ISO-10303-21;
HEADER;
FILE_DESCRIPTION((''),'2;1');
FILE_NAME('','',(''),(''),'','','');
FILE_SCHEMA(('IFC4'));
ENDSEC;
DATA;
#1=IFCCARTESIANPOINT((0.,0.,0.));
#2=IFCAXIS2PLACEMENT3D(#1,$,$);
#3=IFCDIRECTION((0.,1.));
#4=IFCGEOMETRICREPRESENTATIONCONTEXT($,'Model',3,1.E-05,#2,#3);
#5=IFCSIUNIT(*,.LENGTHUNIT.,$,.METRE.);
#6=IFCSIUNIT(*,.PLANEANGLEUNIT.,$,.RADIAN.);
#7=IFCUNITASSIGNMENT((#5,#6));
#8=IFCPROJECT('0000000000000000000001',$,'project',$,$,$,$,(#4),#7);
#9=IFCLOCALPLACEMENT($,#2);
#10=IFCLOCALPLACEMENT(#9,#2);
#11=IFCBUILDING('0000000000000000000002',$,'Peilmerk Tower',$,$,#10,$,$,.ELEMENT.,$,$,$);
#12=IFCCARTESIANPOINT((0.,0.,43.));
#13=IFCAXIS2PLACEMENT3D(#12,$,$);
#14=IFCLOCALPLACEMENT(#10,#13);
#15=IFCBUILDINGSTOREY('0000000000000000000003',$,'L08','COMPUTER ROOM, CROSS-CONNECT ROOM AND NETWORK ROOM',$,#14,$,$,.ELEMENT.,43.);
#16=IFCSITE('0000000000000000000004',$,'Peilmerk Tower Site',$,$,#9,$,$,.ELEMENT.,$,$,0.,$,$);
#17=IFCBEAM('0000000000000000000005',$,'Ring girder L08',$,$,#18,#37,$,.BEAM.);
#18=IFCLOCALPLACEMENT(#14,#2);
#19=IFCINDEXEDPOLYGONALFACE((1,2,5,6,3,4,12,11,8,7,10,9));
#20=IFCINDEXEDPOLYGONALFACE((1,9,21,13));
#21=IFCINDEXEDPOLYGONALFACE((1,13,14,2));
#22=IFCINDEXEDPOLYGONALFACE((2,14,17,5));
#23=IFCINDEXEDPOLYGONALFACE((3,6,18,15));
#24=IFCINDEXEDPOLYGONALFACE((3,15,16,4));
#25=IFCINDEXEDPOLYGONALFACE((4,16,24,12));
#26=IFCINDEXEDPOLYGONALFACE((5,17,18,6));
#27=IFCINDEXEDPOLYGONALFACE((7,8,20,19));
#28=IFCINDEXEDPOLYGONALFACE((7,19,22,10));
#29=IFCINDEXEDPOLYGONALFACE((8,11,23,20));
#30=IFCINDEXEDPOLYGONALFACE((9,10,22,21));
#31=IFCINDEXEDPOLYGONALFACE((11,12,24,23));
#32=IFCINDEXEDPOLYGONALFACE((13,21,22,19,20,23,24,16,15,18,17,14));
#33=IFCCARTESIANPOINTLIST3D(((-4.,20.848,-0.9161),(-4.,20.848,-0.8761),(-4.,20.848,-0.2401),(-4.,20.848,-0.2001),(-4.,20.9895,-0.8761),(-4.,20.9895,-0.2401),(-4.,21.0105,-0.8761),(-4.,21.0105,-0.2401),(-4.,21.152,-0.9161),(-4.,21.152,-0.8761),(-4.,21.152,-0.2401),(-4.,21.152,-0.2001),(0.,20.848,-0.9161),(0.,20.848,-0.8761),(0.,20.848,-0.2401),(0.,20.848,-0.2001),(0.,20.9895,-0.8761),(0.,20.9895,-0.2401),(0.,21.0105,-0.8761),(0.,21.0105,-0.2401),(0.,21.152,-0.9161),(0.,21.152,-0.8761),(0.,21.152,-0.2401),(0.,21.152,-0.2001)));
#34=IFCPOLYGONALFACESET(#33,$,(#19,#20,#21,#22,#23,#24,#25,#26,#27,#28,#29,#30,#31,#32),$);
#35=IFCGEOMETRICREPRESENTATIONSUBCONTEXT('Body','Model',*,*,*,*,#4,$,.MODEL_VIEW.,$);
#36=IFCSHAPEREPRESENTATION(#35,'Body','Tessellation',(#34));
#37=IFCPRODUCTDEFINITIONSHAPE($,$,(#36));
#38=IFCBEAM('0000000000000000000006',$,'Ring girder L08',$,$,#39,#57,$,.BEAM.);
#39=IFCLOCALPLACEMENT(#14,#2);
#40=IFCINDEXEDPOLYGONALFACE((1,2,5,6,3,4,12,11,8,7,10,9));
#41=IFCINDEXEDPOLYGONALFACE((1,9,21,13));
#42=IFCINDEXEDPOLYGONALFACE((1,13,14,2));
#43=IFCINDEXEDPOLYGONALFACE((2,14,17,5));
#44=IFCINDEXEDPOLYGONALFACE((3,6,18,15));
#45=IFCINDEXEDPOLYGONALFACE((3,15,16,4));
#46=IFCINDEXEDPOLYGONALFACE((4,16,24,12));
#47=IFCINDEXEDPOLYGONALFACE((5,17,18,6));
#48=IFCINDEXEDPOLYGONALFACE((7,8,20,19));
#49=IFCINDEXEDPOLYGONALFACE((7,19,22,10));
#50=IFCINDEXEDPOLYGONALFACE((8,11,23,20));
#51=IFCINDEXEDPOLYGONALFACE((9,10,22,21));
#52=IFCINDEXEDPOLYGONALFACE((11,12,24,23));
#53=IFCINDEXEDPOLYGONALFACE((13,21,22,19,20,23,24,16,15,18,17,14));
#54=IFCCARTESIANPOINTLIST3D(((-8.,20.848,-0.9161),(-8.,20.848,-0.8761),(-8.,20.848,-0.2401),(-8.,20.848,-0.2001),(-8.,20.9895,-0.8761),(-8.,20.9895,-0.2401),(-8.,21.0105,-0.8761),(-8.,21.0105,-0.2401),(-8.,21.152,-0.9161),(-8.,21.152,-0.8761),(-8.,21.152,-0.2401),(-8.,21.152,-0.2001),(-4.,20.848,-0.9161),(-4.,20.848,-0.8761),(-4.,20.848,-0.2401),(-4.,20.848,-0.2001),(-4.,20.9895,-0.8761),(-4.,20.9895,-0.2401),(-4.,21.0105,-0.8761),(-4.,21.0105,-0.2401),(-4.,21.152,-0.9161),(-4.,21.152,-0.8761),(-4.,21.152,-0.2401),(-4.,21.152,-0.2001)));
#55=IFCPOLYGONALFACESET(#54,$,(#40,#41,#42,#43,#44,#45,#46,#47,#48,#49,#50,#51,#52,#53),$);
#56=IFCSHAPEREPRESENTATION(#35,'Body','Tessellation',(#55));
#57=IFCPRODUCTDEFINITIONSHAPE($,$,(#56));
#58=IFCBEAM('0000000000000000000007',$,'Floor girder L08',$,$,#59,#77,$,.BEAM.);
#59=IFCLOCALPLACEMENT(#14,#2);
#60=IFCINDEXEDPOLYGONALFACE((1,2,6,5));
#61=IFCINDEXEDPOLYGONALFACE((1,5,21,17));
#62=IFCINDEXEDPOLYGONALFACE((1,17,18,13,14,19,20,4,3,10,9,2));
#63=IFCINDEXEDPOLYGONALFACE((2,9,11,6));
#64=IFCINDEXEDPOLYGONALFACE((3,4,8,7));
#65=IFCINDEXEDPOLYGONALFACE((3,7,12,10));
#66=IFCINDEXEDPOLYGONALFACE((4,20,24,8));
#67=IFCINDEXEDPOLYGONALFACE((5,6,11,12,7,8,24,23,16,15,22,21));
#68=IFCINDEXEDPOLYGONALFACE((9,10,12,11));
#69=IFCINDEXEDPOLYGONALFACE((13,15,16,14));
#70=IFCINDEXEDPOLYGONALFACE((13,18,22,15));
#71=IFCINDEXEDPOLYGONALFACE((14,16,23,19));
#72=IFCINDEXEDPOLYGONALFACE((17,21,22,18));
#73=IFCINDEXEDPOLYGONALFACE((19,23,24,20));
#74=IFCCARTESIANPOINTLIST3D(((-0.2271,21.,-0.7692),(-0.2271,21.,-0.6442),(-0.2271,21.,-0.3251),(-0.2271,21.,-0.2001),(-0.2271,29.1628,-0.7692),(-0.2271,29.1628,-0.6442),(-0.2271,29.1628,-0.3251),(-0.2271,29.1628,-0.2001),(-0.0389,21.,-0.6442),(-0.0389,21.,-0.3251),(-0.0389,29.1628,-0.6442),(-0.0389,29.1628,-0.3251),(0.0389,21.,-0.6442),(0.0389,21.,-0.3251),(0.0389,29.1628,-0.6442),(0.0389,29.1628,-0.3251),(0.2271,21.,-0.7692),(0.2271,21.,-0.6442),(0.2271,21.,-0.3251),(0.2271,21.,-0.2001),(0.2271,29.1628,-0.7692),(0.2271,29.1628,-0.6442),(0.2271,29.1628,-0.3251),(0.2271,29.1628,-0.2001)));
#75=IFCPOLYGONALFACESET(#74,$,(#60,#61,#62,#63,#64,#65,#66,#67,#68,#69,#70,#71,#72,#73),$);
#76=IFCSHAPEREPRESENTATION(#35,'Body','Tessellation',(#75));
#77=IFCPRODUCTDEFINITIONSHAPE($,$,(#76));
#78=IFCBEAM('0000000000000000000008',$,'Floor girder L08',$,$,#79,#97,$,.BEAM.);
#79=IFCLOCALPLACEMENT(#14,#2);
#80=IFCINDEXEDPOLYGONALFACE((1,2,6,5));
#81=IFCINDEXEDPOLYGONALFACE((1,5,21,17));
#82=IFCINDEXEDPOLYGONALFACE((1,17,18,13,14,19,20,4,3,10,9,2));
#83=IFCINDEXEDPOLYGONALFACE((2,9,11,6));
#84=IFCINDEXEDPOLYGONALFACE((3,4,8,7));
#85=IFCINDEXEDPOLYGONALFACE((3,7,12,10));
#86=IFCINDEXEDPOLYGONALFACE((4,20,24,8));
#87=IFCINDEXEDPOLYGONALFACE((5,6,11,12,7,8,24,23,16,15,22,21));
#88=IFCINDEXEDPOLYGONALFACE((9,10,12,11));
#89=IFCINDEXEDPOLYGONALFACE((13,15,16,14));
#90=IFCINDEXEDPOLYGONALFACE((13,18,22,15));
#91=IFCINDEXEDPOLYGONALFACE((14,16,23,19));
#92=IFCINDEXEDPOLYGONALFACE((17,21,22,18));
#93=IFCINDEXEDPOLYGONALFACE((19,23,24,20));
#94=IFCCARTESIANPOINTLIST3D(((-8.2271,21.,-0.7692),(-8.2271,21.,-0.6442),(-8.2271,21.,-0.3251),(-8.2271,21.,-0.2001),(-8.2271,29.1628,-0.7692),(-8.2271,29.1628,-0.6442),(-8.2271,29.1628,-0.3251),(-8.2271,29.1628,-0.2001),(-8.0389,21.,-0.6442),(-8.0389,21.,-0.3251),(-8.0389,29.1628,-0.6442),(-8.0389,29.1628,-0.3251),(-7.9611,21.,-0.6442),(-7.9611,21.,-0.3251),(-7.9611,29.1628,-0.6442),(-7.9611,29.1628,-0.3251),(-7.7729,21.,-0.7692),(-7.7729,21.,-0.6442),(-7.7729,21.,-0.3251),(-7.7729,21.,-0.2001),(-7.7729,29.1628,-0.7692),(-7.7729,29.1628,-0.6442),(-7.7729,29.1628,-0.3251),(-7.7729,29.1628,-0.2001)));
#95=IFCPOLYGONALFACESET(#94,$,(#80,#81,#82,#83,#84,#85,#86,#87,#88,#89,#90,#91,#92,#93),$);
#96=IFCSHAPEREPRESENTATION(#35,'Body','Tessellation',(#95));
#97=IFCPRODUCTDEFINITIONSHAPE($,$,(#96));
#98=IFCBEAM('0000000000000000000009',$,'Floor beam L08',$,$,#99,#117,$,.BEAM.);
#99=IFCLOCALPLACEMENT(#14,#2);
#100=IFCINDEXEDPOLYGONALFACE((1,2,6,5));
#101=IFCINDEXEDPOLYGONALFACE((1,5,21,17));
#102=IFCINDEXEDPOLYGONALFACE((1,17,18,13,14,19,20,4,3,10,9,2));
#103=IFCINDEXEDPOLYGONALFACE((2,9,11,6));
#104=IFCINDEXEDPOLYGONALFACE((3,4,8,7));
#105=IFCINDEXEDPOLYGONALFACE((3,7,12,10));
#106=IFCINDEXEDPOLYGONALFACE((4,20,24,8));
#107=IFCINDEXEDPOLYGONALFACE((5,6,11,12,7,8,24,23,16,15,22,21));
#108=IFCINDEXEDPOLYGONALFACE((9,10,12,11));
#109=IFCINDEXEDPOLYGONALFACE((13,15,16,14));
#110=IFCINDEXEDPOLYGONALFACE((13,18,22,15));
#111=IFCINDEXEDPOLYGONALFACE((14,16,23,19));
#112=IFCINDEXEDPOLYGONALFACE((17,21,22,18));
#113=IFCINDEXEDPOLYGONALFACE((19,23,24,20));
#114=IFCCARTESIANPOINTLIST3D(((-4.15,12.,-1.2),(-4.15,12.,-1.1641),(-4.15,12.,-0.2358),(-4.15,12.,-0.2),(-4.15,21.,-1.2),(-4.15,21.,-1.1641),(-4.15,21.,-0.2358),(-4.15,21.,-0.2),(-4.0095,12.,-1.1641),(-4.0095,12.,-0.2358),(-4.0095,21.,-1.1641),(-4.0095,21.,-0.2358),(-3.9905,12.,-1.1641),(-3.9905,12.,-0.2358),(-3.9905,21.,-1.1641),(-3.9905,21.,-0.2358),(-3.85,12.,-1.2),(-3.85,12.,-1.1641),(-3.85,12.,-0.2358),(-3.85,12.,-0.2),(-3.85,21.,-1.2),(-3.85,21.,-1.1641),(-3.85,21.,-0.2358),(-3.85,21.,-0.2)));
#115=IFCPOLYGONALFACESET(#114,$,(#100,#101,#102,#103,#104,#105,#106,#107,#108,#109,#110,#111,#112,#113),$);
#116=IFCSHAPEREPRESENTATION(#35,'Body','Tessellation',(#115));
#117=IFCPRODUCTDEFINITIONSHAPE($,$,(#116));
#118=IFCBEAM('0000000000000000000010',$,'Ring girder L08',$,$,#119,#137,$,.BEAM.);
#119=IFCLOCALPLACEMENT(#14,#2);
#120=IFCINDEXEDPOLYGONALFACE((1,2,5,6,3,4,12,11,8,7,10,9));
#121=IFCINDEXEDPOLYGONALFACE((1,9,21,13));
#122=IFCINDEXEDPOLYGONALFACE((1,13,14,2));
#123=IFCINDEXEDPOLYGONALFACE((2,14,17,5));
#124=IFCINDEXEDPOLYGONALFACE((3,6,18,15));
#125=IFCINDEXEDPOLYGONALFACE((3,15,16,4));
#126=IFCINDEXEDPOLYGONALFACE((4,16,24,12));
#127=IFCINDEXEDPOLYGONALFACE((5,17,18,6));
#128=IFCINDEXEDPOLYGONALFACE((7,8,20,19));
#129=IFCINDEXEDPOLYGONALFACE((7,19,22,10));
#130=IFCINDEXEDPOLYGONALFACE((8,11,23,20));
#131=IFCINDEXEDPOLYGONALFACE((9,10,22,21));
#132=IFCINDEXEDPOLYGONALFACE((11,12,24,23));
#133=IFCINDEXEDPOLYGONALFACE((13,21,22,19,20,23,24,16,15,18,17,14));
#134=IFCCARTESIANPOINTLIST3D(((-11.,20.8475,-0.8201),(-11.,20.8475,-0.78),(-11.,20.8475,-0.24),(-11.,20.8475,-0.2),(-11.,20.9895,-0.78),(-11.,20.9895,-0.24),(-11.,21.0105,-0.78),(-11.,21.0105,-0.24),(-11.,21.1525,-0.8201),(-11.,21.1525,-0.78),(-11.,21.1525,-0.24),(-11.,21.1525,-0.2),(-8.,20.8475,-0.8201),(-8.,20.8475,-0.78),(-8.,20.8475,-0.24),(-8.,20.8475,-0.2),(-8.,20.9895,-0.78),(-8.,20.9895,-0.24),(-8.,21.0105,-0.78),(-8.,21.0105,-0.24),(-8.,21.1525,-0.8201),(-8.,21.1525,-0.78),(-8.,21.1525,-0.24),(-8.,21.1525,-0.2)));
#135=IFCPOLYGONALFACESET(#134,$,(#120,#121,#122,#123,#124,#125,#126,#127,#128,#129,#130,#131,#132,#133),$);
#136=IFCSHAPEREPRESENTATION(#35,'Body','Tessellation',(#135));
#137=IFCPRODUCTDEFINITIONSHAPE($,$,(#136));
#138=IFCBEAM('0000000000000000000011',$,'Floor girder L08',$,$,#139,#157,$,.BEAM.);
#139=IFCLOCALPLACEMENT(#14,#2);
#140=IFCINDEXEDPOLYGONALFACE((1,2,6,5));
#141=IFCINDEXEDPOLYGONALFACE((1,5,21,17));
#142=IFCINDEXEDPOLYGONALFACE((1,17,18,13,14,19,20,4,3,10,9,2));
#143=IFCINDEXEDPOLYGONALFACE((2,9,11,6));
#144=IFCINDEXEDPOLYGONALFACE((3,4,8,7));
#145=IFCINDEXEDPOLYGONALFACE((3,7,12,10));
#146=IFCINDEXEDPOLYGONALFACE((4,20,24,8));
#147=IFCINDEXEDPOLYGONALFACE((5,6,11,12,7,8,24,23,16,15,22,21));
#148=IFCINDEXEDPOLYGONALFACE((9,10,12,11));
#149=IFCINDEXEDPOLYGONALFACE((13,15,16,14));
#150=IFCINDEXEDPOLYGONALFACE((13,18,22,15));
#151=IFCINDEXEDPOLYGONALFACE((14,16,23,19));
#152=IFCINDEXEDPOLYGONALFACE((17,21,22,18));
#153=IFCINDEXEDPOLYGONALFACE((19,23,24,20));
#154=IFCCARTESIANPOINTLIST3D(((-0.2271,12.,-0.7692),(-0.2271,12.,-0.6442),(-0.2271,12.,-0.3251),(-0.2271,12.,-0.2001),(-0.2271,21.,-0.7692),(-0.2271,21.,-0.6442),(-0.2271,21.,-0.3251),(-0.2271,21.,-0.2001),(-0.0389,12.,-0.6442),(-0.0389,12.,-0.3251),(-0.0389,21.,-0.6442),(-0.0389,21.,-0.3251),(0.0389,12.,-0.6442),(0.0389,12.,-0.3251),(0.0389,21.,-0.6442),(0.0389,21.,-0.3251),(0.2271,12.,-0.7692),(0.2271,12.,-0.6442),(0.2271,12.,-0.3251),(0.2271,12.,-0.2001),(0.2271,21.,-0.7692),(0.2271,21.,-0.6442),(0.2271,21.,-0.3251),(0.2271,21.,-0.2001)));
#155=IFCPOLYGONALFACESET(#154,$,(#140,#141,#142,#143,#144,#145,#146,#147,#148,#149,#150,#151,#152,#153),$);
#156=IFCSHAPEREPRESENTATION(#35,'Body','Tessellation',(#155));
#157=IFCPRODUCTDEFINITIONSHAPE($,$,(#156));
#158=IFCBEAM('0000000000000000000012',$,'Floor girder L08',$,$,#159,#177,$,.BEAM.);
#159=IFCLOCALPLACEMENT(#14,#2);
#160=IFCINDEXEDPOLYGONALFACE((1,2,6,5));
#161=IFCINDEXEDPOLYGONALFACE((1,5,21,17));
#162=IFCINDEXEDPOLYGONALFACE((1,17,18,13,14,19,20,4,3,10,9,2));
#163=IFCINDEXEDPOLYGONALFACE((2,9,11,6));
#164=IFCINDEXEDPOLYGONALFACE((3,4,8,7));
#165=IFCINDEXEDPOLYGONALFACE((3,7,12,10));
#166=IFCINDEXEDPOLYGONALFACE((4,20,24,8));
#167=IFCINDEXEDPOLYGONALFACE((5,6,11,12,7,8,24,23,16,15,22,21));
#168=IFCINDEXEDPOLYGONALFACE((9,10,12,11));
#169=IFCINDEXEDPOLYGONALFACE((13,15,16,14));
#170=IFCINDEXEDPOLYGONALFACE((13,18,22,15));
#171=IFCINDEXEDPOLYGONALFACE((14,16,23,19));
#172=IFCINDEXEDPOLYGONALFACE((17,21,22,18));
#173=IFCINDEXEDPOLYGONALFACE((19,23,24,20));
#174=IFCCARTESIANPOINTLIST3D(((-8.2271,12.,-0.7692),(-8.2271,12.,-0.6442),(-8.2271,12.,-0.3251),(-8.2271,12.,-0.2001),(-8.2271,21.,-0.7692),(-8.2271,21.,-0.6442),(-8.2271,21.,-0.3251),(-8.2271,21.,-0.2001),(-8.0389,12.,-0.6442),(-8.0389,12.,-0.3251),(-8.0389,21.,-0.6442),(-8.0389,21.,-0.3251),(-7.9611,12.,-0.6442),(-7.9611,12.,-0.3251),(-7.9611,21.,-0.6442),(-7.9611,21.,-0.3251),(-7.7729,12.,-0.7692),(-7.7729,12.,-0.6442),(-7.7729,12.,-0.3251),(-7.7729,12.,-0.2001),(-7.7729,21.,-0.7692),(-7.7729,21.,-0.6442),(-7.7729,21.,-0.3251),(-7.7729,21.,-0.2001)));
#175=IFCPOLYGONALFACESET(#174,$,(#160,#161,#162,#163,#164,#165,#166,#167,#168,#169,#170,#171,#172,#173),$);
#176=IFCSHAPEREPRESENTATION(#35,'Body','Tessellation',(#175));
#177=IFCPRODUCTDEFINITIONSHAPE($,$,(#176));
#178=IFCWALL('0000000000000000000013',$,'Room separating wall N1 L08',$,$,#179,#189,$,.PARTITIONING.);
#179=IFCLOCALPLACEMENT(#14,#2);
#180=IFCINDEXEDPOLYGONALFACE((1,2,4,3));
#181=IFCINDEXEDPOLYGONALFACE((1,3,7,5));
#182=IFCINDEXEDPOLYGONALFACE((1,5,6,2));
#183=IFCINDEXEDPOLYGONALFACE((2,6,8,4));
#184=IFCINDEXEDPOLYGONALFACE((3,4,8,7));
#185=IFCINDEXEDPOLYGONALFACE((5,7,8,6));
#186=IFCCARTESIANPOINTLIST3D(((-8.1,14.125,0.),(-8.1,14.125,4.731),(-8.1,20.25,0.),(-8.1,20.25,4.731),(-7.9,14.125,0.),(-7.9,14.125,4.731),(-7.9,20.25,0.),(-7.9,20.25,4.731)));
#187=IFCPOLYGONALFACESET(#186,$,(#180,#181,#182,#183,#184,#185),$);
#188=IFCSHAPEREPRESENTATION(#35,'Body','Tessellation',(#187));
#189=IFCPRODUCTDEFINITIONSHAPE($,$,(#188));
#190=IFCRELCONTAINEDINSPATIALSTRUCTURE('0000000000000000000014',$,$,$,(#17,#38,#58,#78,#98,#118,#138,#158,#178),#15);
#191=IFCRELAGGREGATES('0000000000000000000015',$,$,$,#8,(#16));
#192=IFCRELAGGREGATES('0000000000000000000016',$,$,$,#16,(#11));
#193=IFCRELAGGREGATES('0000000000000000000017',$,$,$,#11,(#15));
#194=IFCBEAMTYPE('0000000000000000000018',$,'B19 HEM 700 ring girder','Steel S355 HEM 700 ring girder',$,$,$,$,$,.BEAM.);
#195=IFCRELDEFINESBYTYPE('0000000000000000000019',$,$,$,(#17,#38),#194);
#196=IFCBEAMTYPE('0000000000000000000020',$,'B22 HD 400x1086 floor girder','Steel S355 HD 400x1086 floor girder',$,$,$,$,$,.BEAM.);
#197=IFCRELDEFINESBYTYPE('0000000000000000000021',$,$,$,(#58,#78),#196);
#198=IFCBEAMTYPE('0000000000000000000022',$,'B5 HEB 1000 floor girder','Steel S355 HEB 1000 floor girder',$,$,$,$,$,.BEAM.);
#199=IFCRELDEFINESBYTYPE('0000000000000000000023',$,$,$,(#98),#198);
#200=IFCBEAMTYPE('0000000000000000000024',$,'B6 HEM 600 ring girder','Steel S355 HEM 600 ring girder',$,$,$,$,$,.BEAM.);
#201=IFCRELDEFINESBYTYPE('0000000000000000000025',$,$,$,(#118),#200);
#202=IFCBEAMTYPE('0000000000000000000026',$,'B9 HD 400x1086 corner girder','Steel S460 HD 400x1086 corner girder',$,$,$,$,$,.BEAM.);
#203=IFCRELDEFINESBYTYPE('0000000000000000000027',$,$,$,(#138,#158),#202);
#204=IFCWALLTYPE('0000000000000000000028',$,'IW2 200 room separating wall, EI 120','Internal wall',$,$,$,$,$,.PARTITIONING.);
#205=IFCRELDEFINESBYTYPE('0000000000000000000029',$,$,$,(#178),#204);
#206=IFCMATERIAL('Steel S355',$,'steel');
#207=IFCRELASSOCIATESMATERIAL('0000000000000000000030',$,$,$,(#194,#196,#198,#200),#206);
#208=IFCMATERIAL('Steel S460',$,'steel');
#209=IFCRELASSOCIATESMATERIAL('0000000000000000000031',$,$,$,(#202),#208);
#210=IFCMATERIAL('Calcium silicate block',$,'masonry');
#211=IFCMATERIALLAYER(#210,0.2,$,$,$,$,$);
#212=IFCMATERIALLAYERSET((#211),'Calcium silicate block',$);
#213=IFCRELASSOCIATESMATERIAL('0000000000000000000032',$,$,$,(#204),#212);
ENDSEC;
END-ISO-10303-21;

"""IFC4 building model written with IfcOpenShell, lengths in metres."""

from ifc_helpers import new_model, si_unit, direction, frame, frame_2d, origin, origin_2d, place, context, subcontext, project, spatial, rectangle, i_section, extrude, material, layer, layer_set, material_profile, profile_set, type_object, element, save


model = new_model("IFC4")

# Units and contexts
model_context = context("Model", 3, precision=1e-05, world=origin(), true_north=direction((0.0, 1.0)))
body_context = subcontext(model_context, "Body", "Model", "MODEL_VIEW")
ifc_project = project(units=[si_unit("LENGTHUNIT", "METRE"), si_unit("PLANEANGLEUNIT", "RADIAN")], contexts=[model_context])

# Site, building, storey
site_placement = place(None, origin())
site = spatial("IfcSite", under=ifc_project, at=site_placement, Name="Peilmerk Tower Site", CompositionType="ELEMENT", RefElevation=0.0)
building_placement = place(site_placement, origin())
building = spatial("IfcBuilding", under=site, at=building_placement, Name="Peilmerk Tower", CompositionType="ELEMENT")
storey_placement = place(building_placement, frame((0.0, 0.0, 43.0)))
storey = spatial("IfcBuildingStorey", under=building, at=storey_placement, Name="L08", Description="COMPUTER ROOM, CROSS-CONNECT ROOM AND NETWORK ROOM", CompositionType="ELEMENT", Elevation=43.0)

# Beams
ifc_material_1 = material(Name="Steel S355", Category="steel")
ifc_material_profile_1 = material_profile(ifc_material_1, i_section(OverallWidth=0.304, OverallDepth=0.7161, WebThickness=0.021, FlangeThickness=0.04, at=origin_2d()), Name="HEM 700")
ifc_profile_set_1 = profile_set([ifc_material_profile_1], Name="Steel S355")
beam_type_1 = type_object("IfcBeamType", Name="B19 HEM 700 ring girder", Description="Steel S355 HEM 700 ring girder", PredefinedType="BEAM", material=ifc_profile_set_1)
for number, where, z_axis, x_axis, name in (
    (1, (0.0, 21.0, -0.5581), (-1.0, 0.0, 0.0), (0.0, -1.0, 0.0), "Ring girder L08"),
    (2, (-4.0, 21.0, -0.5581), (-1.0, 0.0, 0.0), (0.0, -1.0, 0.0), "Ring girder L08"),
):
    element("IfcBeam", number, at=place(storey_placement, frame(where, z_axis=z_axis, x_axis=x_axis)), inside=storey, type_object=beam_type_1, Name=name, PredefinedType="BEAM", context=body_context, shape_type="SweptSolid", body=[
        extrude(i_section(OverallWidth=0.304, OverallDepth=0.7161, WebThickness=0.021, FlangeThickness=0.04, at=origin_2d()), origin(), (0.0, 0.0, 1.0), 4.0),
    ])
ifc_material_profile_2 = material_profile(ifc_material_1, i_section(OverallWidth=0.4541, OverallDepth=0.5691, WebThickness=0.0779, FlangeThickness=0.125, at=origin_2d()), Name="HD 400x1086")
ifc_profile_set_2 = profile_set([ifc_material_profile_2], Name="Steel S355")
beam_type_2 = type_object("IfcBeamType", Name="B22 HD 400x1086 floor girder", Description="Steel S355 HD 400x1086 floor girder", PredefinedType="BEAM", material=ifc_profile_set_2)
for number, where, z_axis, x_axis, name in (
    (3, (0.0, 21.0, -0.4846), (0.0, 1.0, 0.0), (-1.0, 0.0, 0.0), "Floor girder L08"),
    (4, (-8.0, 21.0, -0.4846), (0.0, 1.0, 0.0), (-1.0, 0.0, 0.0), "Floor girder L08"),
):
    element("IfcBeam", number, at=place(storey_placement, frame(where, z_axis=z_axis, x_axis=x_axis)), inside=storey, type_object=beam_type_2, Name=name, PredefinedType="BEAM", context=body_context, shape_type="SweptSolid", body=[
        extrude(i_section(OverallWidth=0.4541, OverallDepth=0.5691, WebThickness=0.0779, FlangeThickness=0.125, at=origin_2d()), origin(), (0.0, 0.0, 1.0), 8.1628),
    ])
ifc_material_profile_3 = material_profile(ifc_material_1, i_section(OverallWidth=0.3, OverallDepth=1.0, WebThickness=0.019, FlangeThickness=0.0359, at=origin_2d()), Name="HEB 1000")
ifc_profile_set_3 = profile_set([ifc_material_profile_3], Name="Steel S355")
beam_type_3 = type_object("IfcBeamType", Name="B5 HEB 1000 floor girder", Description="Steel S355 HEB 1000 floor girder", PredefinedType="BEAM", material=ifc_profile_set_3)
beam_1_placement = place(storey_placement, frame((-4.0, 12.0, -0.7), z_axis=(0.0, 1.0, 0.0), x_axis=(-1.0, 0.0, 0.0)))
element("IfcBeam", 5, at=beam_1_placement, inside=storey, type_object=beam_type_3, Name="Floor beam L08", PredefinedType="BEAM", context=body_context, shape_type="SweptSolid", body=[
    extrude(i_section(OverallWidth=0.3, OverallDepth=1.0, WebThickness=0.019, FlangeThickness=0.0359, at=origin_2d()), origin(), (0.0, 0.0, 1.0), 9.0),
])
ifc_material_profile_4 = material_profile(ifc_material_1, i_section(OverallWidth=0.3049, OverallDepth=0.6201, WebThickness=0.021, FlangeThickness=0.04, at=origin_2d()), Name="HEM 600")
ifc_profile_set_4 = profile_set([ifc_material_profile_4], Name="Steel S355")
beam_type_4 = type_object("IfcBeamType", Name="B6 HEM 600 ring girder", Description="Steel S355 HEM 600 ring girder", PredefinedType="BEAM", material=ifc_profile_set_4)
beam_2_placement = place(storey_placement, frame((-8.0, 21.0, -0.51), z_axis=(-1.0, 0.0, 0.0), x_axis=(0.0, -1.0, 0.0)))
element("IfcBeam", 6, at=beam_2_placement, inside=storey, type_object=beam_type_4, Name="Ring girder L08", PredefinedType="BEAM", context=body_context, shape_type="SweptSolid", body=[
    extrude(i_section(OverallWidth=0.3049, OverallDepth=0.6201, WebThickness=0.021, FlangeThickness=0.04, at=origin_2d()), origin(), (0.0, 0.0, 1.0), 3.0),
])
ifc_material_2 = material(Name="Steel S460", Category="steel")
ifc_material_profile_5 = material_profile(ifc_material_2, i_section(OverallWidth=0.4541, OverallDepth=0.5691, WebThickness=0.0779, FlangeThickness=0.125, at=origin_2d()), Name="HD 400x1086")
ifc_profile_set_5 = profile_set([ifc_material_profile_5], Name="Steel S460")
beam_type_5 = type_object("IfcBeamType", Name="B9 HD 400x1086 corner girder", Description="Steel S460 HD 400x1086 corner girder", PredefinedType="BEAM", material=ifc_profile_set_5)
for number, where, z_axis, x_axis, name in (
    (7, (0.0, 12.0, -0.4846), (0.0, 1.0, 0.0), (-1.0, 0.0, 0.0), "Floor girder L08"),
    (8, (-8.0, 12.0, -0.4846), (0.0, 1.0, 0.0), (-1.0, 0.0, 0.0), "Floor girder L08"),
):
    element("IfcBeam", number, at=place(storey_placement, frame(where, z_axis=z_axis, x_axis=x_axis)), inside=storey, type_object=beam_type_5, Name=name, PredefinedType="BEAM", context=body_context, shape_type="SweptSolid", body=[
        extrude(i_section(OverallWidth=0.4541, OverallDepth=0.5691, WebThickness=0.0779, FlangeThickness=0.125, at=origin_2d()), origin(), (0.0, 0.0, 1.0), 9.0),
    ])

# Wall
ifc_material_3 = material(Name="Calcium silicate block", Category="masonry")
ifc_layer = layer(ifc_material_3, 0.2)
ifc_layer_set = layer_set([ifc_layer], Name="Calcium silicate block")
wall_type = type_object("IfcWallType", Name="IW2 200 room separating wall, EI 120", Description="Internal wall", PredefinedType="PARTITIONING", material=ifc_layer_set)
wall_1_placement = place(storey_placement, frame((-8.0, 14.125, 0.0), z_axis=(0.0, 0.0, 1.0), x_axis=(0.0, 1.0, 0.0)))
element("IfcWall", 9, at=wall_1_placement, inside=storey, type_object=wall_type, Name="Room separating wall N1 L08", PredefinedType="PARTITIONING", context=body_context, shape_type="SweptSolid", body=[
    extrude(rectangle(XDim=6.125, YDim=0.2, at=frame_2d((3.0625, 0.0))), origin(), (0.0, 0.0, 1.0), 4.731),
])

save(model, "model.ifc")
